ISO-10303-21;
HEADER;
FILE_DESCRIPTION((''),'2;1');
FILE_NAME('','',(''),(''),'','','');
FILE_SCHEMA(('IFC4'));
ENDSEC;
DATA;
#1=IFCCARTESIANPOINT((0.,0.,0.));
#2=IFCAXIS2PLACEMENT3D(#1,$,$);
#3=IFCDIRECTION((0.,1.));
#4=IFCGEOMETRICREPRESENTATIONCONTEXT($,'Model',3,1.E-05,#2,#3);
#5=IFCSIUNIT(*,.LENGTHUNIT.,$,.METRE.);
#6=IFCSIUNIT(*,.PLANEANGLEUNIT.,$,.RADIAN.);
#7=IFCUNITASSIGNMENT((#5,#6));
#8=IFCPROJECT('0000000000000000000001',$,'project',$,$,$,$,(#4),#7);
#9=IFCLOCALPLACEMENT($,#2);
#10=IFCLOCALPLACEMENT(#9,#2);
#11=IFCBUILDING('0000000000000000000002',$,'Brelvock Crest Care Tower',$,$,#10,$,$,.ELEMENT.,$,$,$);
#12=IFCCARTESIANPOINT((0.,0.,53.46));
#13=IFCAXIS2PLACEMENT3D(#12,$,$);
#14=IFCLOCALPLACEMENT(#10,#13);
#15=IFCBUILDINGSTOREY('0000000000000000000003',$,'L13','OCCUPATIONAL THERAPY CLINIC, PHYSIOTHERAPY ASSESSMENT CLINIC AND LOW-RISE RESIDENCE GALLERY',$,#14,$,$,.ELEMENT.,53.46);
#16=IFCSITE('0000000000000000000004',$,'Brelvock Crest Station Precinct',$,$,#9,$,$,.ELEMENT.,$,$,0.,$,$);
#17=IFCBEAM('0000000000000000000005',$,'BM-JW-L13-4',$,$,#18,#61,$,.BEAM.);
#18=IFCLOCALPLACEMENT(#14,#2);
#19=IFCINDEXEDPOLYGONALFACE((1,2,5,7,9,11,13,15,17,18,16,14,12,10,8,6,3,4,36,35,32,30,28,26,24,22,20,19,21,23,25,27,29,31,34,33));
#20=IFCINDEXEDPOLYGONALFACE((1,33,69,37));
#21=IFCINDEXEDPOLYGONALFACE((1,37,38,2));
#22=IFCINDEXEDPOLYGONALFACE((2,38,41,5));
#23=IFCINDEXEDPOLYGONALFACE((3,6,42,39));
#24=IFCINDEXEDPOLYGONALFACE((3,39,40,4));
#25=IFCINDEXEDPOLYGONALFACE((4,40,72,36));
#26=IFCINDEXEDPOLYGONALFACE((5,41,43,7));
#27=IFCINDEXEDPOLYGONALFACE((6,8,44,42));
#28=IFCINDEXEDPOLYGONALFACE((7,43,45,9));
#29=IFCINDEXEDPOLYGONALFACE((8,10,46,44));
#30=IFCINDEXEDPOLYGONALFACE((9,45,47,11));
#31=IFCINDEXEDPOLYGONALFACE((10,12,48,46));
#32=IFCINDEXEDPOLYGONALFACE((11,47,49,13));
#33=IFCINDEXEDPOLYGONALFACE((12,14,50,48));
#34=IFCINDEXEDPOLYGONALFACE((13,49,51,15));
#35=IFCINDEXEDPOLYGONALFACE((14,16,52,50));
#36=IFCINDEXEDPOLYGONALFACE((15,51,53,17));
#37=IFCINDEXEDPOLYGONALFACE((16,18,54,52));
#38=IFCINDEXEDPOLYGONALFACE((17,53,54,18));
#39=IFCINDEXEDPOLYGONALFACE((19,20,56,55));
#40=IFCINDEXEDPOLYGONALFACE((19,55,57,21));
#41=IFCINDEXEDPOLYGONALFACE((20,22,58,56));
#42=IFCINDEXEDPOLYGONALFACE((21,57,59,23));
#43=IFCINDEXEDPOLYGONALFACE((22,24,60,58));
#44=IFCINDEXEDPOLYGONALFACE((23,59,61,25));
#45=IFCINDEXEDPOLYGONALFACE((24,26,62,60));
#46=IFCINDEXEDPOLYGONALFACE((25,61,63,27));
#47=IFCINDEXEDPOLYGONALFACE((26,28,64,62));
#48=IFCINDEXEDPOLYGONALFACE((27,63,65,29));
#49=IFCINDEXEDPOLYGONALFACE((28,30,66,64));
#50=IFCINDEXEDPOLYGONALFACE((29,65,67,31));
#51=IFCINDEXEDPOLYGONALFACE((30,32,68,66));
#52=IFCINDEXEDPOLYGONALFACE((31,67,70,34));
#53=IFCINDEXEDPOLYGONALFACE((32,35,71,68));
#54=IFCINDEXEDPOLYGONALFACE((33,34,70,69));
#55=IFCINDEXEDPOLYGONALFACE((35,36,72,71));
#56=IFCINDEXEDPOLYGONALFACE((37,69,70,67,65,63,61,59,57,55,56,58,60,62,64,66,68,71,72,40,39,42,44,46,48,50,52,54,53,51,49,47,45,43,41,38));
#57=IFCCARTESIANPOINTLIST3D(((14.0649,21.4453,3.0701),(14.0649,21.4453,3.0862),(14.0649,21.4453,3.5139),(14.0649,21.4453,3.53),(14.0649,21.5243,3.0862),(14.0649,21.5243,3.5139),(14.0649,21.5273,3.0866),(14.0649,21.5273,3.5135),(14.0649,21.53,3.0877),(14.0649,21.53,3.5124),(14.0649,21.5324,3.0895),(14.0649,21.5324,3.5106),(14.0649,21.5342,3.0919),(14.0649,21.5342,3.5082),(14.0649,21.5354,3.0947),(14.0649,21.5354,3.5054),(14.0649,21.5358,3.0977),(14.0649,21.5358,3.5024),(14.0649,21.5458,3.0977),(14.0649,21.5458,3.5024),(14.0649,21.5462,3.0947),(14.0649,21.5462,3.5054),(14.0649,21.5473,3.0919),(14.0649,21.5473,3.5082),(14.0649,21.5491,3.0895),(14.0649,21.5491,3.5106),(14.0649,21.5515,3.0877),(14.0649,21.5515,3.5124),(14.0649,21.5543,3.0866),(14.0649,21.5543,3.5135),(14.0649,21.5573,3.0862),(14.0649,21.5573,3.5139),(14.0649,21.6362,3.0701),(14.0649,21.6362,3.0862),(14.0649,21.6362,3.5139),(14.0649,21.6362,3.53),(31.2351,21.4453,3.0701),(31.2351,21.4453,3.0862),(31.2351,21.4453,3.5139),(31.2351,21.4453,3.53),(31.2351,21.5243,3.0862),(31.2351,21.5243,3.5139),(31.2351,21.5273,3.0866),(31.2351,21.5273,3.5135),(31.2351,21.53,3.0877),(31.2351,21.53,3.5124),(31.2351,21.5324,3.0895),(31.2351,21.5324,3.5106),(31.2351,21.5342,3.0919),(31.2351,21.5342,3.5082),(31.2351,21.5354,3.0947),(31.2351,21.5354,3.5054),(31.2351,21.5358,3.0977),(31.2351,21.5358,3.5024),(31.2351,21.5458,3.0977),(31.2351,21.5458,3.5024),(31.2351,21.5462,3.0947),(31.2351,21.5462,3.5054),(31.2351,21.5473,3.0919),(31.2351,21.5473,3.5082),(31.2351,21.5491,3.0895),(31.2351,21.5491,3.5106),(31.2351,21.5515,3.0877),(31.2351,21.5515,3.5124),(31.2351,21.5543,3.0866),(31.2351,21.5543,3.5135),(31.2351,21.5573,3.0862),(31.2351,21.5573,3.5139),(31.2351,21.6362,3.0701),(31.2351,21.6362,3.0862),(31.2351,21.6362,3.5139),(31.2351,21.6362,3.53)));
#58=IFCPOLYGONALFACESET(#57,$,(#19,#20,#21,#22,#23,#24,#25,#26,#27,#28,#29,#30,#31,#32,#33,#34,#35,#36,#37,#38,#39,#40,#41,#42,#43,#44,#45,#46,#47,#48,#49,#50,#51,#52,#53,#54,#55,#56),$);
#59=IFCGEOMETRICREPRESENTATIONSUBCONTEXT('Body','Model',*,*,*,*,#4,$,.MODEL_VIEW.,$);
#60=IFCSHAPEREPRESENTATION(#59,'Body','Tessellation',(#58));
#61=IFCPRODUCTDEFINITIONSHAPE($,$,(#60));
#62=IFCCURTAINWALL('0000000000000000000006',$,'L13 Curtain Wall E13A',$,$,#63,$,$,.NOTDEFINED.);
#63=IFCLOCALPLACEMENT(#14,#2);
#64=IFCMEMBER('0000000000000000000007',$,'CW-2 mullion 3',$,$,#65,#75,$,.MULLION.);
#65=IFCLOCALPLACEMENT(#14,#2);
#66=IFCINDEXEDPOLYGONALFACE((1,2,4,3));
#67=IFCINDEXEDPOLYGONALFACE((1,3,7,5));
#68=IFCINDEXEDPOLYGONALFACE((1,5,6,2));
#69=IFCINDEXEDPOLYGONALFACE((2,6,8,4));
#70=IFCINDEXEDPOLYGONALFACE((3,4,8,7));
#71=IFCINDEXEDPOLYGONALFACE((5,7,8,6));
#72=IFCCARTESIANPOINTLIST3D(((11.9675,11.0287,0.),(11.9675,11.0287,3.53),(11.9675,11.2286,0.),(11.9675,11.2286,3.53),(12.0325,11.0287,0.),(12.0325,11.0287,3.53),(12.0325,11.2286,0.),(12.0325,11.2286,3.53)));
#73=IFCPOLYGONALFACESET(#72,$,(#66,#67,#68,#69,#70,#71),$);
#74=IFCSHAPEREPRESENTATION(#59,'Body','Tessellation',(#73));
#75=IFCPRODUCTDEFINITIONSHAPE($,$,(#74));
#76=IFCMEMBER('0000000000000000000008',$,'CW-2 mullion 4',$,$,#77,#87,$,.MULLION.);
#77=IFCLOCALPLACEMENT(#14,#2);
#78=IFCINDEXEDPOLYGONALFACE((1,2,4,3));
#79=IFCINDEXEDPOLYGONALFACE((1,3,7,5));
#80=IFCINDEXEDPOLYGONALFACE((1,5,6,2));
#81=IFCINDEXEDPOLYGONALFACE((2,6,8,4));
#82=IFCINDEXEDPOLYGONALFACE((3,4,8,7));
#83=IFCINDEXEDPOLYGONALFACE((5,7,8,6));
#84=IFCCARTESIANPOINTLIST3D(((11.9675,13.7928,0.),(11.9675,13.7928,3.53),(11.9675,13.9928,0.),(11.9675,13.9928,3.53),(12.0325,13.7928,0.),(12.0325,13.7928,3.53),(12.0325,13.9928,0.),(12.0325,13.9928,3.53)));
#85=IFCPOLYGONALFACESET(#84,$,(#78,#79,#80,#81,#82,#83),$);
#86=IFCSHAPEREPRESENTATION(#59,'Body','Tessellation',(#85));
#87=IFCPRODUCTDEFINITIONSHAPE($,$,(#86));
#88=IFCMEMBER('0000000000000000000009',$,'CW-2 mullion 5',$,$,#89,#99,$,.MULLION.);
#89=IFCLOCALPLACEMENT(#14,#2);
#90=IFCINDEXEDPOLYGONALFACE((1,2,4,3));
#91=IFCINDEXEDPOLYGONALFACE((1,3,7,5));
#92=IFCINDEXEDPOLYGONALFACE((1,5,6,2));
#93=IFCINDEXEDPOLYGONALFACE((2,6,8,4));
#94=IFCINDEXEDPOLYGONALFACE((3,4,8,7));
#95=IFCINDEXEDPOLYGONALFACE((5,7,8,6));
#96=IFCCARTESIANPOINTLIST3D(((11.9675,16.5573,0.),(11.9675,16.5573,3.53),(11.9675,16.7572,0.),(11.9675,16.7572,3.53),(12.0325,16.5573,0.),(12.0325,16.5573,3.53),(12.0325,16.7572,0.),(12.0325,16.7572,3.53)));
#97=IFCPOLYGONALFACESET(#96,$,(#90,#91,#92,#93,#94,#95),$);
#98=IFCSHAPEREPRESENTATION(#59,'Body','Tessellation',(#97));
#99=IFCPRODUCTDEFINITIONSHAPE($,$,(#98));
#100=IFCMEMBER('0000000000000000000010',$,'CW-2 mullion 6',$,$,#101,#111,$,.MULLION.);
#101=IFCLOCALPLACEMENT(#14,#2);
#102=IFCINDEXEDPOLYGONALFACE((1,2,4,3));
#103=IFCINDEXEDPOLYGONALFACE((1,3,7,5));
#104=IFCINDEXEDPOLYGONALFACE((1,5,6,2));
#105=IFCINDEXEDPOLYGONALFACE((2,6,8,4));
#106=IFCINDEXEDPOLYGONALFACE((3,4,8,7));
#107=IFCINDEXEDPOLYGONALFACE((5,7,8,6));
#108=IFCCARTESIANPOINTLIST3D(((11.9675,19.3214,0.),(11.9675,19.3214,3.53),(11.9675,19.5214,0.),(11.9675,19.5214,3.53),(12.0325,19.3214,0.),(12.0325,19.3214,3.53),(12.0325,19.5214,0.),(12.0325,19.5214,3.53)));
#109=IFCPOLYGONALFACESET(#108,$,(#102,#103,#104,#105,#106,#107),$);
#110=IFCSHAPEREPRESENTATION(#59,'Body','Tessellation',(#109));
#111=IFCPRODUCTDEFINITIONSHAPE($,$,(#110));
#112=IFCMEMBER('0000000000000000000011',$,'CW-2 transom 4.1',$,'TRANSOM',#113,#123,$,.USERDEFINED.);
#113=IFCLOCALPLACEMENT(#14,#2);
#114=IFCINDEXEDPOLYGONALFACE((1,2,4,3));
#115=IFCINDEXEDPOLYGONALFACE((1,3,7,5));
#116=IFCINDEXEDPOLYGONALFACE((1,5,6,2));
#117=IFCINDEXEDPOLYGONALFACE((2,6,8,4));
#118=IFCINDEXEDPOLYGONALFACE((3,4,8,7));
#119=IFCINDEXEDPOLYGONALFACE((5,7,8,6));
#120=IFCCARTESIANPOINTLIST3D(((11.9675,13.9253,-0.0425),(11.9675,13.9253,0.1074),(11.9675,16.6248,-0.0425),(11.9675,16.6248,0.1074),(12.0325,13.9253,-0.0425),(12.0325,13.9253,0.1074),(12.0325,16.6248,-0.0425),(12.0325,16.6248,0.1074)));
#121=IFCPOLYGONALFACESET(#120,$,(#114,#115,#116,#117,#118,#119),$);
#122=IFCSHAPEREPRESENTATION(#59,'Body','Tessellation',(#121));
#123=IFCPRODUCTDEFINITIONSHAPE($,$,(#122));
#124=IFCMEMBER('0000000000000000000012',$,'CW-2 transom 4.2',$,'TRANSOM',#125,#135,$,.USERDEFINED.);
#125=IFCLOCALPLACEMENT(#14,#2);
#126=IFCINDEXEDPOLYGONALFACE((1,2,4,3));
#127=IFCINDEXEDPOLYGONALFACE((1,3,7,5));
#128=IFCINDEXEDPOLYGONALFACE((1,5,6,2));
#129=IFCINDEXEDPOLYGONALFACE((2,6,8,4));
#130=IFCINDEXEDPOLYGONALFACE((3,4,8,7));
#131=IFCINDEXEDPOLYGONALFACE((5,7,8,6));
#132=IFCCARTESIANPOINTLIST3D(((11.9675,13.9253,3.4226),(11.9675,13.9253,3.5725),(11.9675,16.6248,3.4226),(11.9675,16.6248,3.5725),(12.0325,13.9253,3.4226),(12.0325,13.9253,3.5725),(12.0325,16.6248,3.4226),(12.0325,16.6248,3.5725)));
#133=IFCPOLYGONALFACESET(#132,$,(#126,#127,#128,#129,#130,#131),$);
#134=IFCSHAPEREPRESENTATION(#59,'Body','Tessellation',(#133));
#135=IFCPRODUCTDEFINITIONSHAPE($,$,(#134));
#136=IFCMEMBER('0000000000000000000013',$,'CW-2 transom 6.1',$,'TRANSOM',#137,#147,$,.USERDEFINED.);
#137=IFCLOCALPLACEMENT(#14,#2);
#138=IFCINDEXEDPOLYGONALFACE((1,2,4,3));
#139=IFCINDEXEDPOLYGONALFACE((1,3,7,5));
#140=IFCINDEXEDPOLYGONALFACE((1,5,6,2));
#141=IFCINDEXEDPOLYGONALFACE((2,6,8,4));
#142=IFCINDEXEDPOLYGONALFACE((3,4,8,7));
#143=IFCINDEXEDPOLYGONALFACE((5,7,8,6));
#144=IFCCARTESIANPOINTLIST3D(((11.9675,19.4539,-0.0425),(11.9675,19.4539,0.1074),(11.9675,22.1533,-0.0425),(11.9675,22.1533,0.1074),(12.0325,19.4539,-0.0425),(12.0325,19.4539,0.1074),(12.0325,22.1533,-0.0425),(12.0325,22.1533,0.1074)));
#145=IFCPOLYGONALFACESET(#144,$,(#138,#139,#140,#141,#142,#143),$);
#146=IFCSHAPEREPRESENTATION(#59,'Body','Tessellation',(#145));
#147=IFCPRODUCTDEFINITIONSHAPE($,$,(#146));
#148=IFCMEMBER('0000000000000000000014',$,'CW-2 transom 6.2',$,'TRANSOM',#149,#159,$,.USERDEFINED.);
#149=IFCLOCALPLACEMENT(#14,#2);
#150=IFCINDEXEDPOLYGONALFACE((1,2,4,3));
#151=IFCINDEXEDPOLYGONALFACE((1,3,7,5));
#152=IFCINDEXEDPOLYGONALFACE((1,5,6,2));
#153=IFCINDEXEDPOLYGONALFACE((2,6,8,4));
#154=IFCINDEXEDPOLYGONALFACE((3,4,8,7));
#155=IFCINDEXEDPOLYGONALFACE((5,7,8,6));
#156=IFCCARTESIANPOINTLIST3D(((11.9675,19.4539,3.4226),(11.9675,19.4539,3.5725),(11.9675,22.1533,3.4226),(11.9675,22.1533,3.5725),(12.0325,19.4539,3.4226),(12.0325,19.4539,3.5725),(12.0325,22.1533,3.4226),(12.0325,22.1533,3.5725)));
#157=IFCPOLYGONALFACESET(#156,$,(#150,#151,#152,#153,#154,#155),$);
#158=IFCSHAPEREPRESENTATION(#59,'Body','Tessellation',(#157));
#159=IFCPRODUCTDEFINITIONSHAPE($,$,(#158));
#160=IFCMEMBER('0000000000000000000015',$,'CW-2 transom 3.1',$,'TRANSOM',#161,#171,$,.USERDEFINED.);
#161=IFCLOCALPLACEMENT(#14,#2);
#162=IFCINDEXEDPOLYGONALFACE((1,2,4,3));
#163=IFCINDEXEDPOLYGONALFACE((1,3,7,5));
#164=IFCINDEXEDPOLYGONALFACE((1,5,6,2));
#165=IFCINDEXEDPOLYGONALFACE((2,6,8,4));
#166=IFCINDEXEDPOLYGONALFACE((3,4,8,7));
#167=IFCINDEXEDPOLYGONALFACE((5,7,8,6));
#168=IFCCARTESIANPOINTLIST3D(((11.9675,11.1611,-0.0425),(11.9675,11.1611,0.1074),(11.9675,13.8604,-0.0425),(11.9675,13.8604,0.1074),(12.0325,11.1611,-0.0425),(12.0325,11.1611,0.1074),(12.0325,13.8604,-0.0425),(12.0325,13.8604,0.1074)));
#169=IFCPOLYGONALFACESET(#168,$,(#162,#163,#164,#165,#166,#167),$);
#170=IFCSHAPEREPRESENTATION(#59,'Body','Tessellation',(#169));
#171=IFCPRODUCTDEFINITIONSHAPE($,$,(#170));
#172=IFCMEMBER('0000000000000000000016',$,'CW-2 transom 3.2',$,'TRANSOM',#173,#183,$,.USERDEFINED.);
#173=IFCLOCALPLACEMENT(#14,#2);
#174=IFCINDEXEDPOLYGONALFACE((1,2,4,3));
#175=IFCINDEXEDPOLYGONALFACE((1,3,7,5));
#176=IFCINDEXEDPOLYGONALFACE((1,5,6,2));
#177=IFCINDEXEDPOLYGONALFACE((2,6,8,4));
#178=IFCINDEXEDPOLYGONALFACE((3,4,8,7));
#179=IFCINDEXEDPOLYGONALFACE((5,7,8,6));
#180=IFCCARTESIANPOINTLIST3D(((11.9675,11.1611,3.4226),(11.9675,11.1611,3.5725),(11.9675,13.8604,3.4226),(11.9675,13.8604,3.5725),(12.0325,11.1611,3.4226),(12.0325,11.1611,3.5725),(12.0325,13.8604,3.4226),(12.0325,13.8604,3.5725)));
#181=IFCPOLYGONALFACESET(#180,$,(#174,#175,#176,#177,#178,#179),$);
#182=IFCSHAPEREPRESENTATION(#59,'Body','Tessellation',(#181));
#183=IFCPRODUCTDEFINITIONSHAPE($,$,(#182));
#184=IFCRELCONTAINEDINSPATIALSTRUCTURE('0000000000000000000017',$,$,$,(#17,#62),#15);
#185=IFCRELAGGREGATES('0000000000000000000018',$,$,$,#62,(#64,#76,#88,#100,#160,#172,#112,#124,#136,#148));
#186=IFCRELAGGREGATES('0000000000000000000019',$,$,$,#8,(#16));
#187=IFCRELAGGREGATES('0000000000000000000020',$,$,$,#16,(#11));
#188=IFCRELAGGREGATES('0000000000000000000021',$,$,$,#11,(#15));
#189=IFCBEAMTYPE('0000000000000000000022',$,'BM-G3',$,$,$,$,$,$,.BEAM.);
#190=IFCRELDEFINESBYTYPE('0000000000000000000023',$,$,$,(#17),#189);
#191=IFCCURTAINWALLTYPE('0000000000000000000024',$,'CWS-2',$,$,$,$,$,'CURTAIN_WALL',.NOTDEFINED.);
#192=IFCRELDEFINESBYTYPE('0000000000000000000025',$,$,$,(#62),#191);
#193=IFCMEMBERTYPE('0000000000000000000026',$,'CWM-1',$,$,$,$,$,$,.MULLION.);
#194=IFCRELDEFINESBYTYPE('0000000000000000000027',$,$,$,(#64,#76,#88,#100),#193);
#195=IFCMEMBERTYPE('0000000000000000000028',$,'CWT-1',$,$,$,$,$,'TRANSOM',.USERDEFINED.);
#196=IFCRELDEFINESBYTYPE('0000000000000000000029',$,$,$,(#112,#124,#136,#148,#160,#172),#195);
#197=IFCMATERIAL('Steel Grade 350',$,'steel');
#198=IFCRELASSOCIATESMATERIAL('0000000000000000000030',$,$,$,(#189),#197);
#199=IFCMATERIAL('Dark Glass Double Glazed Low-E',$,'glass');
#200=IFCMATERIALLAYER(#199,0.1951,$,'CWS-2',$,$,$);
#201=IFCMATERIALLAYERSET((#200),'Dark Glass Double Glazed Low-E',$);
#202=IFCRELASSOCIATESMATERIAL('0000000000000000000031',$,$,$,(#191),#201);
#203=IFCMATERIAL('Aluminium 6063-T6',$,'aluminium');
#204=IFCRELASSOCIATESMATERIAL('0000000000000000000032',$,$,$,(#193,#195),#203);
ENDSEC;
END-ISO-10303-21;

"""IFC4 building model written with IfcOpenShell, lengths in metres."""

from ifc_helpers import new_model, si_unit, direction, frame, origin, origin_2d, place, context, subcontext, project, spatial, rectangle, i_section, extrude, source, transform, mapped, material, layer, layer_set, material_profile, profile_set, type_object, element, aggregate, save


model = new_model("IFC4")

# Units and contexts
model_context = context("Model", 3, precision=1e-05, world=origin(), true_north=direction((0.0, 1.0)))
body_context = subcontext(model_context, "Body", "Model", "MODEL_VIEW")
ifc_project = project(units=[si_unit("LENGTHUNIT", "METRE"), si_unit("PLANEANGLEUNIT", "RADIAN")], contexts=[model_context])

# Site, building, storey
site_placement = place(None, origin())
site = spatial("IfcSite", under=ifc_project, at=site_placement, Name="Brelvock Crest Station Precinct", CompositionType="ELEMENT", RefElevation=0.0)
building_placement = place(site_placement, origin())
building = spatial("IfcBuilding", under=site, at=building_placement, Name="Brelvock Crest Care Tower", CompositionType="ELEMENT")
storey_placement = place(building_placement, frame((0.0, 0.0, 53.46)))
storey = spatial("IfcBuildingStorey", under=building, at=storey_placement, Name="L13", Description="OCCUPATIONAL THERAPY CLINIC, PHYSIOTHERAPY ASSESSMENT CLINIC AND LOW-RISE RESIDENCE GALLERY", CompositionType="ELEMENT", Elevation=53.46)

# Shared definitions
ifc_material_1 = material(Name="Steel Grade 350", Category="steel")

# Beam
ifc_material_profile_1 = material_profile(ifc_material_1, i_section(OverallWidth=0.1909, OverallDepth=0.46, WebThickness=0.01, FlangeThickness=0.0161, FilletRadius=0.0115, at=origin_2d()), Name="460UB82.1")
ifc_profile_set_1 = profile_set([ifc_material_profile_1], Name="Steel Grade 350")
beam_type_1 = type_object("IfcBeamType", Name="BM-G3", PredefinedType="BEAM", material=ifc_profile_set_1)
shared_shape_1 = source(origin(), body_context, "Body", "SweptSolid", [
    extrude(i_section(OverallWidth=0.1909, OverallDepth=0.46, WebThickness=0.01, FlangeThickness=0.0161, FilletRadius=0.0115, at=origin_2d()), origin(), (0.0, 0.0, 1.0), 17.1702),
])
for number, where, z_axis, x_axis, name in (
    (1, (14.0649, 21.5408, 3.3), (1.0, 0.0, 0.0), (0.0, 1.0, 0.0), "BM-JW-L13-4"),
):
    element("IfcBeam", number, at=place(storey_placement, frame(where, z_axis=z_axis, x_axis=x_axis)), inside=storey, type_object=beam_type_1, Name=name, PredefinedType="BEAM", context=body_context, shape_type="MappedRepresentation", body=[
        mapped(shared_shape_1, transform((0.0, 0.0, 0.0), x_axis=(1.0, 0.0, 0.0), y_axis=(0.0, 1.0, 0.0), z_axis=(0.0, 0.0, 1.0), scale=1.0)),
    ])

# Curtain wall, members
ifc_material_2 = material(Name="Dark Glass Double Glazed Low-E", Category="glass")
ifc_layer_1 = layer(ifc_material_2, 0.1951, Name="CWS-2")
ifc_layer_set_1 = layer_set([ifc_layer_1], Name="Dark Glass Double Glazed Low-E")
curtain_wall_type = type_object("IfcCurtainWallType", Name="CWS-2", ElementType="CURTAIN_WALL", PredefinedType="NOTDEFINED", material=ifc_layer_set_1)
curtain_wall_placement = place(storey_placement, origin())
curtain_wall = element("IfcCurtainWall", 2, at=curtain_wall_placement, inside=storey, type_object=curtain_wall_type, Name="L13 Curtain Wall E13A", PredefinedType="NOTDEFINED")
ifc_material_3 = material(Name="Aluminium 6063-T6", Category="aluminium")
ifc_material_profile_2 = material_profile(ifc_material_3, rectangle(XDim=0.0649, YDim=0.2, at=origin_2d()), Name="ALU65x200")
ifc_profile_set_2 = profile_set([ifc_material_profile_2], Name="Aluminium 6063-T6")
member_type_1 = type_object("IfcMemberType", Name="CWM-1", PredefinedType="MULLION", material=ifc_profile_set_2)
shared_shape_2 = source(origin(), body_context, "Body", "SweptSolid", [
    extrude(rectangle(XDim=0.0649, YDim=0.2, at=origin_2d()), origin(), (0.0, 0.0, 1.0), 3.53),
])
member_1_placement = place(storey_placement, frame((12.0, 11.1287, 0.0), z_axis=(0.0, 0.0, 1.0), x_axis=(-1.0, 0.0, 0.0)))
member_1 = element("IfcMember", 3, at=member_1_placement, type_object=member_type_1, Name="CW-2 mullion 3", PredefinedType="MULLION", context=body_context, shape_type="MappedRepresentation", body=[
    mapped(shared_shape_2, transform((0.0, 0.0, 0.0), x_axis=(1.0, 0.0, 0.0), y_axis=(0.0, 1.0, 0.0), z_axis=(0.0, 0.0, 1.0), scale=1.0)),
])
member_2_placement = place(storey_placement, frame((12.0, 13.8928, 0.0), z_axis=(0.0, 0.0, 1.0), x_axis=(-1.0, 0.0, 0.0)))
member_2 = element("IfcMember", 4, at=member_2_placement, type_object=member_type_1, Name="CW-2 mullion 4", PredefinedType="MULLION", context=body_context, shape_type="MappedRepresentation", body=[
    mapped(shared_shape_2, transform((0.0, 0.0, 0.0), x_axis=(1.0, 0.0, 0.0), y_axis=(0.0, 1.0, 0.0), z_axis=(0.0, 0.0, 1.0), scale=1.0)),
])
member_3_placement = place(storey_placement, frame((12.0, 16.6572, 0.0), z_axis=(0.0, 0.0, 1.0), x_axis=(-1.0, 0.0, 0.0)))
member_3 = element("IfcMember", 5, at=member_3_placement, type_object=member_type_1, Name="CW-2 mullion 5", PredefinedType="MULLION", context=body_context, shape_type="MappedRepresentation", body=[
    mapped(shared_shape_2, transform((0.0, 0.0, 0.0), x_axis=(1.0, 0.0, 0.0), y_axis=(0.0, 1.0, 0.0), z_axis=(0.0, 0.0, 1.0), scale=1.0)),
])
member_4_placement = place(storey_placement, frame((12.0, 19.4214, 0.0), z_axis=(0.0, 0.0, 1.0), x_axis=(-1.0, 0.0, 0.0)))
member_4 = element("IfcMember", 6, at=member_4_placement, type_object=member_type_1, Name="CW-2 mullion 6", PredefinedType="MULLION", context=body_context, shape_type="MappedRepresentation", body=[
    mapped(shared_shape_2, transform((0.0, 0.0, 0.0), x_axis=(1.0, 0.0, 0.0), y_axis=(0.0, 1.0, 0.0), z_axis=(0.0, 0.0, 1.0), scale=1.0)),
])
ifc_material_profile_3 = material_profile(ifc_material_3, rectangle(XDim=0.0649, YDim=0.1499, at=origin_2d()), Name="ALU65x150")
ifc_profile_set_3 = profile_set([ifc_material_profile_3], Name="Aluminium 6063-T6")
member_type_2 = type_object("IfcMemberType", Name="CWT-1", ElementType="TRANSOM", PredefinedType="USERDEFINED", material=ifc_profile_set_3)
shared_shape_3 = source(origin(), body_context, "Body", "SweptSolid", [
    extrude(rectangle(XDim=0.0649, YDim=0.1499, at=origin_2d()), origin(), (0.0, 0.0, 1.0), 2.6995),
])
member_5_placement = place(storey_placement, frame((12.0, 13.9253, 0.0325), z_axis=(0.0, 1.0, 0.0), x_axis=(-1.0, 0.0, 0.0)))
member_5 = element("IfcMember", 7, at=member_5_placement, type_object=member_type_2, Name="CW-2 transom 4.1", ObjectType="TRANSOM", PredefinedType="USERDEFINED", context=body_context, shape_type="MappedRepresentation", body=[
    mapped(shared_shape_3, transform((0.0, 0.0, 0.0), x_axis=(1.0, 0.0, 0.0), y_axis=(0.0, 1.0, 0.0), z_axis=(0.0, 0.0, 1.0), scale=1.0)),
])
member_6_placement = place(storey_placement, frame((12.0, 13.9253, 3.4976), z_axis=(0.0, 1.0, 0.0), x_axis=(-1.0, 0.0, 0.0)))
member_6 = element("IfcMember", 8, at=member_6_placement, type_object=member_type_2, Name="CW-2 transom 4.2", ObjectType="TRANSOM", PredefinedType="USERDEFINED", context=body_context, shape_type="MappedRepresentation", body=[
    mapped(shared_shape_3, transform((0.0, 0.0, 0.0), x_axis=(1.0, 0.0, 0.0), y_axis=(0.0, 1.0, 0.0), z_axis=(0.0, 0.0, 1.0), scale=1.0)),
])
member_7_placement = place(storey_placement, frame((12.0, 19.4539, 0.0325), z_axis=(0.0, 1.0, 0.0), x_axis=(-1.0, 0.0, 0.0)))
member_7 = element("IfcMember", 9, at=member_7_placement, type_object=member_type_2, Name="CW-2 transom 6.1", ObjectType="TRANSOM", PredefinedType="USERDEFINED", context=body_context, shape_type="MappedRepresentation", body=[
    mapped(shared_shape_3, transform((0.0, 0.0, 0.0), x_axis=(1.0, 0.0, 0.0), y_axis=(0.0, 1.0, 0.0), z_axis=(0.0, 0.0, 1.0), scale=1.0)),
])
member_8_placement = place(storey_placement, frame((12.0, 19.4539, 3.4976), z_axis=(0.0, 1.0, 0.0), x_axis=(-1.0, 0.0, 0.0)))
member_8 = element("IfcMember", 10, at=member_8_placement, type_object=member_type_2, Name="CW-2 transom 6.2", ObjectType="TRANSOM", PredefinedType="USERDEFINED", context=body_context, shape_type="MappedRepresentation", body=[
    mapped(shared_shape_3, transform((0.0, 0.0, 0.0), x_axis=(1.0, 0.0, 0.0), y_axis=(0.0, 1.0, 0.0), z_axis=(0.0, 0.0, 1.0), scale=1.0)),
])
shared_shape_4 = source(origin(), body_context, "Body", "SweptSolid", [
    extrude(rectangle(XDim=0.0649, YDim=0.1499, at=origin_2d()), origin(), (0.0, 0.0, 1.0), 2.6992),
])
member_9_placement = place(storey_placement, frame((12.0, 11.1611, 0.0325), z_axis=(0.0, 1.0, 0.0), x_axis=(-1.0, 0.0, 0.0)))
member_9 = element("IfcMember", 11, at=member_9_placement, type_object=member_type_2, Name="CW-2 transom 3.1", ObjectType="TRANSOM", PredefinedType="USERDEFINED", context=body_context, shape_type="MappedRepresentation", body=[
    mapped(shared_shape_4, transform((0.0, 0.0, 0.0), x_axis=(1.0, 0.0, 0.0), y_axis=(0.0, 1.0, 0.0), z_axis=(0.0, 0.0, 1.0), scale=1.0)),
])
member_10_placement = place(storey_placement, frame((12.0, 11.1611, 3.4976), z_axis=(0.0, 1.0, 0.0), x_axis=(-1.0, 0.0, 0.0)))
member_10 = element("IfcMember", 12, at=member_10_placement, type_object=member_type_2, Name="CW-2 transom 3.2", ObjectType="TRANSOM", PredefinedType="USERDEFINED", context=body_context, shape_type="MappedRepresentation", body=[
    mapped(shared_shape_4, transform((0.0, 0.0, 0.0), x_axis=(1.0, 0.0, 0.0), y_axis=(0.0, 1.0, 0.0), z_axis=(0.0, 0.0, 1.0), scale=1.0)),
])
aggregate(curtain_wall, [member_1, member_2, member_3, member_4, member_9, member_10, member_5, member_6, member_7, member_8])

save(model, "model.ifc")
